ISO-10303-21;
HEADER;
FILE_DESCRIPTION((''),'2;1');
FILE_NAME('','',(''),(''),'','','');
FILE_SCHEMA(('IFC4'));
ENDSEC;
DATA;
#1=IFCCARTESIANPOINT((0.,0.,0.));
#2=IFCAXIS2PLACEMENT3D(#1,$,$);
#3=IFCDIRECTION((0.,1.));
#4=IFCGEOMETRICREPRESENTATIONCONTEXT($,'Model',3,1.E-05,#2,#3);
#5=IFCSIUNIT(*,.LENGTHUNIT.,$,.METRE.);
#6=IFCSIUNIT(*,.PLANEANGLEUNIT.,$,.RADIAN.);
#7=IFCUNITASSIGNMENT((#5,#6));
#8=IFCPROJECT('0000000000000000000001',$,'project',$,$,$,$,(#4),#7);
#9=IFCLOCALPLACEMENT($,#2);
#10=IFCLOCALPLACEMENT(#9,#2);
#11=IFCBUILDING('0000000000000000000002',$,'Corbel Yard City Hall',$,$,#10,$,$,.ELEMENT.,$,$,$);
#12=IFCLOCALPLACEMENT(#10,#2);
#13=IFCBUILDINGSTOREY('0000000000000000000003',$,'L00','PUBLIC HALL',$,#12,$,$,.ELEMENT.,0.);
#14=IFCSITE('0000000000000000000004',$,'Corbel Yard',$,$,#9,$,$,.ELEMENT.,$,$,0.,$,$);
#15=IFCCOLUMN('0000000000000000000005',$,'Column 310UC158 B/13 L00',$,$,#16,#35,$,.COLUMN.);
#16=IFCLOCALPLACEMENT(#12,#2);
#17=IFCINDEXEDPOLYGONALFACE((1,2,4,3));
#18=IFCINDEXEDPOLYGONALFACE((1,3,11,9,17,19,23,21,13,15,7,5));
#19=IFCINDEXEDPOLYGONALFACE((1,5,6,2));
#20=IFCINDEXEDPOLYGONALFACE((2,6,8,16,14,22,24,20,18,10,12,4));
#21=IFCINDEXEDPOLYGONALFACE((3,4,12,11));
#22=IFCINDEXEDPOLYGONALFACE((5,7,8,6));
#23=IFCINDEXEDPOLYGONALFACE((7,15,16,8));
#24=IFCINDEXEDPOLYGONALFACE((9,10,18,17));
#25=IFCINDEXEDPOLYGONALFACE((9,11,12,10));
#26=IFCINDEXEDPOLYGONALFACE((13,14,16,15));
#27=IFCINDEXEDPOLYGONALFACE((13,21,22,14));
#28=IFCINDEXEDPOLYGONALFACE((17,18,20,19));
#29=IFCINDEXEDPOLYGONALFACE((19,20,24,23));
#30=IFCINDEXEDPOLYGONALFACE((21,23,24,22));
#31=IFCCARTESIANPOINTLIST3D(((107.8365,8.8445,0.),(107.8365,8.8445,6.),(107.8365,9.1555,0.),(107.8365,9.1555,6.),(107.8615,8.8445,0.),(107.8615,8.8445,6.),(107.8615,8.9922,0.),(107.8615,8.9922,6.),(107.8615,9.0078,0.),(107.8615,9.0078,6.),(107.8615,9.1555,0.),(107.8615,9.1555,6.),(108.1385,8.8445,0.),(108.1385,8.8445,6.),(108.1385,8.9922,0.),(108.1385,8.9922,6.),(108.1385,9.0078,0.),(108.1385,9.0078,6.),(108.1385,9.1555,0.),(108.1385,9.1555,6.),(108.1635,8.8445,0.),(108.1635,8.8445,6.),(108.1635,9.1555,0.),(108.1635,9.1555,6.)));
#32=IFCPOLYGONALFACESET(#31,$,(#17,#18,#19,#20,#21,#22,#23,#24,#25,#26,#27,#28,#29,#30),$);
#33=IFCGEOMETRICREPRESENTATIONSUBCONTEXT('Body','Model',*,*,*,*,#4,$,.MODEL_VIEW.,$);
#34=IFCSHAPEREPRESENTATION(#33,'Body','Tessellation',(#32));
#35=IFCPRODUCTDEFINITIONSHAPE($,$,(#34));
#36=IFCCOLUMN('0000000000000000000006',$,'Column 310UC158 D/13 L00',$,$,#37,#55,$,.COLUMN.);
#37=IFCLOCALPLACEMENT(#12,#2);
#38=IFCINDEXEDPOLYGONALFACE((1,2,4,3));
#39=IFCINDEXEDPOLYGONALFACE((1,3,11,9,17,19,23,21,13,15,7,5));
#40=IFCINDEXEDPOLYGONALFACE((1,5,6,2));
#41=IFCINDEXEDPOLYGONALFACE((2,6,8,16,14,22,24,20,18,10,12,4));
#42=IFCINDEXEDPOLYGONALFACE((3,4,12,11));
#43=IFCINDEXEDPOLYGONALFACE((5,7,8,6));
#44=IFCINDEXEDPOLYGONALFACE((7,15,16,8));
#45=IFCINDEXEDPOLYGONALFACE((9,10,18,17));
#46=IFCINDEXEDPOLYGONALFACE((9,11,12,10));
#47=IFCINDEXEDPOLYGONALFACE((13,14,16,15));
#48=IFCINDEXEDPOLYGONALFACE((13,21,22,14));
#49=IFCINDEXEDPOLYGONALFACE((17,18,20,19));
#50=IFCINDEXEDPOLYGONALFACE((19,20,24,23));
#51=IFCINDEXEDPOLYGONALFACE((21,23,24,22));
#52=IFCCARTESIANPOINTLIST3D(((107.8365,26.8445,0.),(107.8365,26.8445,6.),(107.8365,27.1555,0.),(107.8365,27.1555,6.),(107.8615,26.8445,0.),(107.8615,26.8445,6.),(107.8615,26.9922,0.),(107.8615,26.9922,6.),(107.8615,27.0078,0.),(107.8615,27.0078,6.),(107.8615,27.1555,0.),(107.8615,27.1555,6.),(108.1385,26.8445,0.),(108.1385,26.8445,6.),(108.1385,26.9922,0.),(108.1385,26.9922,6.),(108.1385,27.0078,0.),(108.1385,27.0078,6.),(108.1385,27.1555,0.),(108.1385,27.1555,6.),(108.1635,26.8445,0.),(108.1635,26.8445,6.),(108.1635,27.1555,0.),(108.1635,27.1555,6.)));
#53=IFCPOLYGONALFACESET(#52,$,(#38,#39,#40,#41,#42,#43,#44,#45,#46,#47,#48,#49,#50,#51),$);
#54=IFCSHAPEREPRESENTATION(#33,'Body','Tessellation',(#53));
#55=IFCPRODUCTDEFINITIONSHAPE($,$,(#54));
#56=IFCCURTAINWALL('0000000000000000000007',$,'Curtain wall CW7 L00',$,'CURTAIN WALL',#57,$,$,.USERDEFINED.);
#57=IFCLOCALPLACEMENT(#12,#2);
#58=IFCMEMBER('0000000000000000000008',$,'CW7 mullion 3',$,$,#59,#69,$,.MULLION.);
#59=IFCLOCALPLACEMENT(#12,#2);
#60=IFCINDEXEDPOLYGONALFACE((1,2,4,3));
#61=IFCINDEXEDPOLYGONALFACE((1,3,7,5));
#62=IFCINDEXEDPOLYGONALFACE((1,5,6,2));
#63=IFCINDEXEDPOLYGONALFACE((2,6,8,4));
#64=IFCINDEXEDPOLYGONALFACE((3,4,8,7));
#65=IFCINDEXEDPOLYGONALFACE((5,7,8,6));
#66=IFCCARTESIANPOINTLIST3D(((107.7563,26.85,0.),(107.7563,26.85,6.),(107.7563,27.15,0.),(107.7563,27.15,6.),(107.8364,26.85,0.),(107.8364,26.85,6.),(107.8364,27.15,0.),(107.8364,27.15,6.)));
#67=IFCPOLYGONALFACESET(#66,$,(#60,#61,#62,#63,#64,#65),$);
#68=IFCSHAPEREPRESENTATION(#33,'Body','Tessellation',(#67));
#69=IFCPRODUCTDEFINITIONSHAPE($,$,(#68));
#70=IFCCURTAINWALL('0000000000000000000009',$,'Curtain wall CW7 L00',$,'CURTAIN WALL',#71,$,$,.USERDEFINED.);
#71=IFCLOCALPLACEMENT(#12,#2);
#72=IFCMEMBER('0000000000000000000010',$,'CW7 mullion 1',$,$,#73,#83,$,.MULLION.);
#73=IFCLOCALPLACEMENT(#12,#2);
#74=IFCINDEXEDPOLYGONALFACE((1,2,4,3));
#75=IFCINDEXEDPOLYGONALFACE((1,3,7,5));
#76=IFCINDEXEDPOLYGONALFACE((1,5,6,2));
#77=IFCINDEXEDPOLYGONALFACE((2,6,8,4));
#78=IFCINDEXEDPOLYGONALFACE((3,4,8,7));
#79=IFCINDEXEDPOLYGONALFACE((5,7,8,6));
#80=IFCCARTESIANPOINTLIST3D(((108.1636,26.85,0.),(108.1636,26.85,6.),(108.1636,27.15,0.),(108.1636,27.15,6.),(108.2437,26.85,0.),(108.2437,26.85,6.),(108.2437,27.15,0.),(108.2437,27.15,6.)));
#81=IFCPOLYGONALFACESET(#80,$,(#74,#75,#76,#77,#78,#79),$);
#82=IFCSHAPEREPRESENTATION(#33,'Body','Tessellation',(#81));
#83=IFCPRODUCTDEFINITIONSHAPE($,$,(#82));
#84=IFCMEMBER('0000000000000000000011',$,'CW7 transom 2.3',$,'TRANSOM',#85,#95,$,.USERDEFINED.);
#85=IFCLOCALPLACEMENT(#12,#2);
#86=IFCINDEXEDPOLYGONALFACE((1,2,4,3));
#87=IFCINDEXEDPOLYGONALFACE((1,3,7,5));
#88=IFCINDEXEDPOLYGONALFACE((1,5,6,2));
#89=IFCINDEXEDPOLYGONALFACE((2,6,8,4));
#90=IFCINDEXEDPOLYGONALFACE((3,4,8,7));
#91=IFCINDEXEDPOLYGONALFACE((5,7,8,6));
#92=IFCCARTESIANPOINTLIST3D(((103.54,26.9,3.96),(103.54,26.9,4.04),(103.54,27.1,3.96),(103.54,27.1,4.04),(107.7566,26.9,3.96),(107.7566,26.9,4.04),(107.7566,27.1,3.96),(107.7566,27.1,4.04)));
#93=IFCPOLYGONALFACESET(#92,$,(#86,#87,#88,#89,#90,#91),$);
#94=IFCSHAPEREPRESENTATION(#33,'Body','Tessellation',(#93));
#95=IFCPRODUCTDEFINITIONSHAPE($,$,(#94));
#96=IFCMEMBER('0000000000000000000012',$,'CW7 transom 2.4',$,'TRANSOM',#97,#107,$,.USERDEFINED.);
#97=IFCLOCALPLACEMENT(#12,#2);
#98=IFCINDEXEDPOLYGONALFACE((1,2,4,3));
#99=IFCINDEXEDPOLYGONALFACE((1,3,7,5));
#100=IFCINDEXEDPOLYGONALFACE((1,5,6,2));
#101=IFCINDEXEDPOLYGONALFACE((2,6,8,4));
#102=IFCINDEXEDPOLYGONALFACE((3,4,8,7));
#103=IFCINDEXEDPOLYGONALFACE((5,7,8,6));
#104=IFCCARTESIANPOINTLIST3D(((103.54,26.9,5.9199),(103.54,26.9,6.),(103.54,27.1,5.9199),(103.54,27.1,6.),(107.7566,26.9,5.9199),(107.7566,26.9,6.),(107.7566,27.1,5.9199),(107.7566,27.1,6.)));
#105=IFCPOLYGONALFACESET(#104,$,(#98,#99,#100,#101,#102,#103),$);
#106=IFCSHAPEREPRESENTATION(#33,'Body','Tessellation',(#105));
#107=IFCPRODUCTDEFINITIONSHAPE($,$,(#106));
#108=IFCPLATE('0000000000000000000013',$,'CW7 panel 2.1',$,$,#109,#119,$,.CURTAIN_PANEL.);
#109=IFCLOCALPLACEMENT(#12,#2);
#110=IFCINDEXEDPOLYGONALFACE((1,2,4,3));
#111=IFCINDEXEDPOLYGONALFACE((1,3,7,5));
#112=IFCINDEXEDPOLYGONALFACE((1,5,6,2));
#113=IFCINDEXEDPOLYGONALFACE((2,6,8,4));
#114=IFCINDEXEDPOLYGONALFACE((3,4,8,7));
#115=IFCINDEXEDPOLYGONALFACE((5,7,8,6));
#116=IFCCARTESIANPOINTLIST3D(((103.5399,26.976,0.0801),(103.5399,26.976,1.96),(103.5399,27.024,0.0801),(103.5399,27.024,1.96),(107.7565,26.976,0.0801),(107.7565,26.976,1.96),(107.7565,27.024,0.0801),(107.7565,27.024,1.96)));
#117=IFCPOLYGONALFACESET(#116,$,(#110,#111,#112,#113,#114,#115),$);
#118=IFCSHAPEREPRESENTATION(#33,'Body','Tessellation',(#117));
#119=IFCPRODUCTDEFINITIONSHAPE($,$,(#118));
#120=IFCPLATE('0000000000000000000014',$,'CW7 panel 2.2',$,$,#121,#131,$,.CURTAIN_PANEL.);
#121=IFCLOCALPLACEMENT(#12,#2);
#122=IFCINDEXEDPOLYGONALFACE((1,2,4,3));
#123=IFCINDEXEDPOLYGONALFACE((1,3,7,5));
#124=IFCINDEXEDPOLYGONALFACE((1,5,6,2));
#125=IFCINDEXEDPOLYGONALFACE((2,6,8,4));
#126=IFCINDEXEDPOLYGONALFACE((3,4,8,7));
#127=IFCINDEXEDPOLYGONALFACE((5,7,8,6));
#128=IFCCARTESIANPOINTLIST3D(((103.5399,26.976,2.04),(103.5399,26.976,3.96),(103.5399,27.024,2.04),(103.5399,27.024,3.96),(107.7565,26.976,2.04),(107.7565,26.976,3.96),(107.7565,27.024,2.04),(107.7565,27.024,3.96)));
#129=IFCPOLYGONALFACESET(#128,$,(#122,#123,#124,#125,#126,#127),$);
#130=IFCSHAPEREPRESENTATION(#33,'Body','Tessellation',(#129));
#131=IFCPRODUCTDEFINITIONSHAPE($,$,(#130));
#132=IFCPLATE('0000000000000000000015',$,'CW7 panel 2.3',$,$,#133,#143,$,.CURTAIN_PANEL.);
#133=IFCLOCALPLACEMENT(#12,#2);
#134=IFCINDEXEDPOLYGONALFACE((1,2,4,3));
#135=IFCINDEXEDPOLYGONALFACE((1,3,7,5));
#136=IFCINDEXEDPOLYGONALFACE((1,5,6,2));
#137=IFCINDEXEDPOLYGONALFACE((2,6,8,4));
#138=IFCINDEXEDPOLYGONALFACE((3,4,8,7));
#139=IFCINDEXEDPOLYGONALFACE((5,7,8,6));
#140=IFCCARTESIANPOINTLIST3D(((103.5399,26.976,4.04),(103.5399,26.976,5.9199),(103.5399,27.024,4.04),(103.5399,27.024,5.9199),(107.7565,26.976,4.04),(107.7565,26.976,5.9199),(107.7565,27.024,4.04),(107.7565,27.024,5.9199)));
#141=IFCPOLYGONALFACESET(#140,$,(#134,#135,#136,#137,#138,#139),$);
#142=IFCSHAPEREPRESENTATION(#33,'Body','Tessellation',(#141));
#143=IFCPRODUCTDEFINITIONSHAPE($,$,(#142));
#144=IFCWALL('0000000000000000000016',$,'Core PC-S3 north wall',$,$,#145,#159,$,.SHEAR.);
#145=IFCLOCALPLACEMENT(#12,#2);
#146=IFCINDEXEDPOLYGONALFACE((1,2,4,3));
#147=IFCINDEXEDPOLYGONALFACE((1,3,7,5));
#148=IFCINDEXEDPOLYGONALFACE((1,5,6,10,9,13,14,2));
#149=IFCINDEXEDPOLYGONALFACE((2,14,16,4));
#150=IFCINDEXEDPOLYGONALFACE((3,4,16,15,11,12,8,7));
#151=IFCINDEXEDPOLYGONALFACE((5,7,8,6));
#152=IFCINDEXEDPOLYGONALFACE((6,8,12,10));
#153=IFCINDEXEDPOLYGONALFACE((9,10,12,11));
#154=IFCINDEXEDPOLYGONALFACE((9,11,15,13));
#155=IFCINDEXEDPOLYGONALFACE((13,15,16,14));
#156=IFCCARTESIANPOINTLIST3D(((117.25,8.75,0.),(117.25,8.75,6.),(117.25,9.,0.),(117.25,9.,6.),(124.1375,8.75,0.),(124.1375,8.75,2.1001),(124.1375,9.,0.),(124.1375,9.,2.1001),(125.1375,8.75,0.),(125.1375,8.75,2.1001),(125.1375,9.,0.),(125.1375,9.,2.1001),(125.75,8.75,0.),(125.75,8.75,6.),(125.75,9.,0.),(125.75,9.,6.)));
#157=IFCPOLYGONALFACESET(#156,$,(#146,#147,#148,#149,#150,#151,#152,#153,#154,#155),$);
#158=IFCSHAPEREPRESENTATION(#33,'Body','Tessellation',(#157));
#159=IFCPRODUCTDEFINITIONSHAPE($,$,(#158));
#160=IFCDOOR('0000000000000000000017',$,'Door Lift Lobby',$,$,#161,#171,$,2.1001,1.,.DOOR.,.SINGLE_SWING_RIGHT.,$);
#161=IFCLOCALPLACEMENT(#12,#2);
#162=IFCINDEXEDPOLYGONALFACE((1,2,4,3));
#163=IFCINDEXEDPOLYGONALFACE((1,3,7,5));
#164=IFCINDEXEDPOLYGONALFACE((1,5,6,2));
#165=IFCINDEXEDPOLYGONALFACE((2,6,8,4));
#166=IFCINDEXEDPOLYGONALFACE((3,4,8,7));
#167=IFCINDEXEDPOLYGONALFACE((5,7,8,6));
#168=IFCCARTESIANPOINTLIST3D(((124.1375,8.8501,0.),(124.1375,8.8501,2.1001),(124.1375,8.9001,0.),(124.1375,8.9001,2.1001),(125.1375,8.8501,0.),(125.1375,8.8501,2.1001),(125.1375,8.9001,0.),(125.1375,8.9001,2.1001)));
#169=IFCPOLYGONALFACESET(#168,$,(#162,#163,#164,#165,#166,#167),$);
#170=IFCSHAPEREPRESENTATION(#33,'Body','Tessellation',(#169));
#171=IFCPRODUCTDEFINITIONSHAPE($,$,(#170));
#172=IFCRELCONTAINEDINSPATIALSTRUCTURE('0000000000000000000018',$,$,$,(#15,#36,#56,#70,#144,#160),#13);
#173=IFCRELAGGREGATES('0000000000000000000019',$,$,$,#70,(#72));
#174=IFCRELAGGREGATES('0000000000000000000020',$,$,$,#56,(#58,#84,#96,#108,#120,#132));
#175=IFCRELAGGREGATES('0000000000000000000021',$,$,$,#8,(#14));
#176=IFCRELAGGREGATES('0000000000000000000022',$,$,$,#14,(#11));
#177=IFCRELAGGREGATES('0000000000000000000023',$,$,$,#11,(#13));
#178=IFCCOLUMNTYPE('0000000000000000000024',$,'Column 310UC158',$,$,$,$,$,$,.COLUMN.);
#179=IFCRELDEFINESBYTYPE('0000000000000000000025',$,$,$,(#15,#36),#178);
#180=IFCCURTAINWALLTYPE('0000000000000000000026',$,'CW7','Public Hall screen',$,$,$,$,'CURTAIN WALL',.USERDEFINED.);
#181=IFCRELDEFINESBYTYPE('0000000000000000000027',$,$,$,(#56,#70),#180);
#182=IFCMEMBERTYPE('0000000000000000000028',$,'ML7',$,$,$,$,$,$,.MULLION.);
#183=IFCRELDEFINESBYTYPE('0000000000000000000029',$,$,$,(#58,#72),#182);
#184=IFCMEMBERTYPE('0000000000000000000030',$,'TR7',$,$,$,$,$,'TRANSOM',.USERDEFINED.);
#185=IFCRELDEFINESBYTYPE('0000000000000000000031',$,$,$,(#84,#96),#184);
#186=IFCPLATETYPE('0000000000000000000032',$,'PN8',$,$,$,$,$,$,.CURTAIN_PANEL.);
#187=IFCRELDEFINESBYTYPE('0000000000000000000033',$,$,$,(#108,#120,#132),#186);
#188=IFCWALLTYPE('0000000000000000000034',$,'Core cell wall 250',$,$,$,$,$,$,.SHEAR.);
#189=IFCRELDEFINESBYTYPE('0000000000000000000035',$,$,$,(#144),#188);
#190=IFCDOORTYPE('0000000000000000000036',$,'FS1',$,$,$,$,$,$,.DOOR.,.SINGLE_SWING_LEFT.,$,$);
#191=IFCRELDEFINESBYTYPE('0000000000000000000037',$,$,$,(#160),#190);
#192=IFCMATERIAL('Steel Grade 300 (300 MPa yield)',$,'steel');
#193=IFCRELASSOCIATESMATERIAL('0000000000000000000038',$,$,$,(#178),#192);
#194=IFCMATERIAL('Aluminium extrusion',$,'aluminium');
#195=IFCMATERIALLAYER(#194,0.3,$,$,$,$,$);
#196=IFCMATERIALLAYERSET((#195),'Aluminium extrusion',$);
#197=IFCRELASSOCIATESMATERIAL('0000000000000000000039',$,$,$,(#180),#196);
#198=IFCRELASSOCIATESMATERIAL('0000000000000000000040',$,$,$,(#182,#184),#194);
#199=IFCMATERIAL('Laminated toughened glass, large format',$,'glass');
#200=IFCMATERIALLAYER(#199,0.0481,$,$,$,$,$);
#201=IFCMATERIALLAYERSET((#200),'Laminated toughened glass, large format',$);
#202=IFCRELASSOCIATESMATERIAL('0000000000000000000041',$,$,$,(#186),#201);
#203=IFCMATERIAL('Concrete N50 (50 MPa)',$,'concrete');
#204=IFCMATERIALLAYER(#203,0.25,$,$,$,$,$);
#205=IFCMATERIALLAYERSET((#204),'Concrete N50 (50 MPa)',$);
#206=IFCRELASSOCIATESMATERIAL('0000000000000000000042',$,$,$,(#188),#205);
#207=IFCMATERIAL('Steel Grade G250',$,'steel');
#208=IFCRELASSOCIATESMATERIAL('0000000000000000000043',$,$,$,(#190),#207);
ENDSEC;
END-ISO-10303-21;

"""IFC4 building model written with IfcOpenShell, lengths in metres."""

from ifc_helpers import new_model, si_unit, direction, frame, frame_2d, origin, origin_2d, place, context, subcontext, project, spatial, rectangle, i_section, extrude, material, layer, layer_set, material_profile, profile_set, type_object, element, fill, aggregate, save


model = new_model("IFC4")

# Units and contexts
model_context = context("Model", 3, precision=1e-05, world=origin(), true_north=direction((0.0, 1.0)))
body_context = subcontext(model_context, "Body", "Model", "MODEL_VIEW")
ifc_project = project(units=[si_unit("LENGTHUNIT", "METRE"), si_unit("PLANEANGLEUNIT", "RADIAN")], contexts=[model_context])

# Site, building, storey
site_placement = place(None, origin())
site = spatial("IfcSite", under=ifc_project, at=site_placement, Name="Corbel Yard", CompositionType="ELEMENT", RefElevation=0.0)
building_placement = place(site_placement, origin())
building = spatial("IfcBuilding", under=site, at=building_placement, Name="Corbel Yard City Hall", CompositionType="ELEMENT")
storey_placement = place(building_placement, origin())
storey = spatial("IfcBuildingStorey", under=building, at=storey_placement, Name="L00", Description="PUBLIC HALL", CompositionType="ELEMENT", Elevation=0.0)

# Columns
ifc_material_1 = material(Name="Steel Grade 300 (300 MPa yield)", Category="steel")
ifc_material_profile_1 = material_profile(ifc_material_1, i_section(OverallWidth=0.311, OverallDepth=0.3269, WebThickness=0.0156, FlangeThickness=0.0249, at=origin_2d()), Name="310UC158")
ifc_profile_set_1 = profile_set([ifc_material_profile_1], Name="Steel Grade 300 (300 MPa yield)")
column_type = type_object("IfcColumnType", Name="Column 310UC158", PredefinedType="COLUMN", material=ifc_profile_set_1)
for number, where, z_axis, x_axis, name in (
    (1, (108.0, 9.0, 0.0), (0.0, 0.0, 1.0), (0.0, 1.0, 0.0), "Column 310UC158 B/13 L00"),
    (2, (108.0, 27.0, 0.0), (0.0, 0.0, 1.0), (0.0, 1.0, 0.0), "Column 310UC158 D/13 L00"),
):
    element("IfcColumn", number, at=place(storey_placement, frame(where, z_axis=z_axis, x_axis=x_axis)), inside=storey, type_object=column_type, Name=name, PredefinedType="COLUMN", context=body_context, shape_type="SweptSolid", body=[
        extrude(i_section(OverallWidth=0.311, OverallDepth=0.3269, WebThickness=0.0156, FlangeThickness=0.0249, at=origin_2d()), origin(), (0.0, 0.0, 1.0), 6.0),
    ])

# Curtain walls, members
ifc_material_2 = material(Name="Aluminium extrusion", Category="aluminium")
ifc_layer_1 = layer(ifc_material_2, 0.3)
ifc_layer_set_1 = layer_set([ifc_layer_1], Name="Aluminium extrusion")
curtain_wall_type = type_object("IfcCurtainWallType", Name="CW7", Description="Public Hall screen", ElementType="CURTAIN WALL", PredefinedType="USERDEFINED", material=ifc_layer_set_1)
curtain_wall_1_placement = place(storey_placement, origin())
curtain_wall_1 = element("IfcCurtainWall", 3, at=curtain_wall_1_placement, inside=storey, type_object=curtain_wall_type, Name="Curtain wall CW7 L00", ObjectType="CURTAIN WALL", PredefinedType="USERDEFINED")
ifc_material_profile_2 = material_profile(ifc_material_2, rectangle(XDim=0.3, YDim=0.0801, at=origin_2d()), Name="300x80")
ifc_profile_set_2 = profile_set([ifc_material_profile_2], Name="Aluminium extrusion")
member_type_1 = type_object("IfcMemberType", Name="ML7", PredefinedType="MULLION", material=ifc_profile_set_2)
member_1_placement = place(storey_placement, frame((107.7964, 27.0, 0.0), z_axis=(0.0, 0.0, 1.0), x_axis=(0.0, 1.0, 0.0)))
member_1 = element("IfcMember", 4, at=member_1_placement, type_object=member_type_1, Name="CW7 mullion 3", PredefinedType="MULLION", context=body_context, shape_type="SweptSolid", body=[
    extrude(rectangle(XDim=0.3, YDim=0.0801, at=origin_2d()), origin(), (0.0, 0.0, 1.0), 6.0),
])
curtain_wall_2_placement = place(storey_placement, origin())
curtain_wall_2 = element("IfcCurtainWall", 5, at=curtain_wall_2_placement, inside=storey, type_object=curtain_wall_type, Name="Curtain wall CW7 L00", ObjectType="CURTAIN WALL", PredefinedType="USERDEFINED")
member_2_placement = place(storey_placement, frame((108.2036, 27.0, 0.0), z_axis=(0.0, 0.0, 1.0), x_axis=(0.0, 1.0, 0.0)))
member_2 = element("IfcMember", 6, at=member_2_placement, type_object=member_type_1, Name="CW7 mullion 1", PredefinedType="MULLION", context=body_context, shape_type="SweptSolid", body=[
    extrude(rectangle(XDim=0.3, YDim=0.0801, at=origin_2d()), origin(), (0.0, 0.0, 1.0), 6.0),
])
aggregate(curtain_wall_2, [member_2])

# Members
ifc_material_profile_3 = material_profile(ifc_material_2, rectangle(XDim=0.2, YDim=0.0801, at=origin_2d()), Name="200x80")
ifc_profile_set_3 = profile_set([ifc_material_profile_3], Name="Aluminium extrusion")
member_type_2 = type_object("IfcMemberType", Name="TR7", ElementType="TRANSOM", PredefinedType="USERDEFINED", material=ifc_profile_set_3)
member_3_placement = place(storey_placement, frame((103.54, 27.0, 4.0), z_axis=(1.0, 0.0, 0.0), x_axis=(0.0, 1.0, 0.0)))
member_3 = element("IfcMember", 7, at=member_3_placement, type_object=member_type_2, Name="CW7 transom 2.3", ObjectType="TRANSOM", PredefinedType="USERDEFINED", context=body_context, shape_type="SweptSolid", body=[
    extrude(rectangle(XDim=0.2, YDim=0.0801, at=origin_2d()), origin(), (0.0, 0.0, 1.0), 4.2166),
])
member_4_placement = place(storey_placement, frame((103.54, 27.0, 5.96), z_axis=(1.0, 0.0, 0.0), x_axis=(0.0, 1.0, 0.0)))
member_4 = element("IfcMember", 8, at=member_4_placement, type_object=member_type_2, Name="CW7 transom 2.4", ObjectType="TRANSOM", PredefinedType="USERDEFINED", context=body_context, shape_type="SweptSolid", body=[
    extrude(rectangle(XDim=0.2, YDim=0.0801, at=origin_2d()), origin(), (0.0, 0.0, 1.0), 4.2166),
])

# Plates
ifc_material_3 = material(Name="Laminated toughened glass, large format", Category="glass")
ifc_layer_2 = layer(ifc_material_3, 0.0481)
ifc_layer_set_2 = layer_set([ifc_layer_2], Name="Laminated toughened glass, large format")
plate_type = type_object("IfcPlateType", Name="PN8", PredefinedType="CURTAIN_PANEL", material=ifc_layer_set_2)
plate_1_placement = place(storey_placement, frame((105.6482, 27.0, 0.0801), z_axis=(0.0, 0.0, 1.0), x_axis=(1.0, 0.0, 0.0)))
plate_1 = element("IfcPlate", 9, at=plate_1_placement, type_object=plate_type, Name="CW7 panel 2.1", PredefinedType="CURTAIN_PANEL", context=body_context, shape_type="SweptSolid", body=[
    extrude(rectangle(XDim=4.2166, YDim=0.0481, at=origin_2d()), origin(), (0.0, 0.0, 1.0), 1.8799),
])
plate_2_placement = place(storey_placement, frame((105.6482, 27.0, 2.04), z_axis=(0.0, 0.0, 1.0), x_axis=(1.0, 0.0, 0.0)))
plate_2 = element("IfcPlate", 10, at=plate_2_placement, type_object=plate_type, Name="CW7 panel 2.2", PredefinedType="CURTAIN_PANEL", context=body_context, shape_type="SweptSolid", body=[
    extrude(rectangle(XDim=4.2166, YDim=0.0481, at=origin_2d()), origin(), (0.0, 0.0, 1.0), 1.9199),
])
plate_3_placement = place(storey_placement, frame((105.6482, 27.0, 4.04), z_axis=(0.0, 0.0, 1.0), x_axis=(1.0, 0.0, 0.0)))
plate_3 = element("IfcPlate", 11, at=plate_3_placement, type_object=plate_type, Name="CW7 panel 2.3", PredefinedType="CURTAIN_PANEL", context=body_context, shape_type="SweptSolid", body=[
    extrude(rectangle(XDim=4.2166, YDim=0.0481, at=origin_2d()), origin(), (0.0, 0.0, 1.0), 1.8799),
])
aggregate(curtain_wall_1, [member_1, member_3, member_4, plate_1, plate_2, plate_3])

# Wall, opening, door
ifc_material_4 = material(Name="Concrete N50 (50 MPa)", Category="concrete")
ifc_layer_3 = layer(ifc_material_4, 0.25)
ifc_layer_set_3 = layer_set([ifc_layer_3], Name="Concrete N50 (50 MPa)")
wall_type_1 = type_object("IfcWallType", Name="Core cell wall 250", PredefinedType="SHEAR", material=ifc_layer_set_3)
wall_1_placement = place(storey_placement, frame((117.25, 8.875, 0.0), z_axis=(0.0, 0.0, 1.0), x_axis=(1.0, 0.0, 0.0)))
wall_1 = element("IfcWall", 12, at=wall_1_placement, inside=storey, type_object=wall_type_1, Name="Core PC-S3 north wall", PredefinedType="SHEAR", context=body_context, shape_type="SweptSolid", body=[
    extrude(rectangle(XDim=8.5, YDim=0.25, at=frame_2d((4.25, 0.0))), origin(), (0.0, 0.0, 1.0), 6.0),
])
opening_1_placement = place(wall_1_placement, frame((6.8875, 0.0, 0.0)))
opening_1 = element("IfcOpeningElement", 13, at=opening_1_placement, cuts=wall_1, PredefinedType="OPENING", context=body_context, shape_type="SweptSolid", body=[
    extrude(rectangle(XDim=1.0, YDim=2.1001, at=frame_2d((0.5, 1.05))), frame((0.0, 0.135, 0.0), z_axis=(0.0, -1.0, 0.0), x_axis=(1.0, 0.0, 0.0)), (0.0, 0.0, 1.0), 0.27),
])
ifc_material_5 = material(Name="Steel Grade G250", Category="steel")
door_type = type_object("IfcDoorType", Name="FS1", OperationType="SINGLE_SWING_LEFT", PredefinedType="DOOR", material=ifc_material_5)
door_1_placement = place(opening_1_placement, frame((1.0, 0.0, 0.0), z_axis=(0.0, 0.0, 1.0), x_axis=(-1.0, 0.0, 0.0)))
door_1 = element("IfcDoor", 14, at=door_1_placement, inside=storey, type_object=door_type, Name="Door Lift Lobby", OperationType="SINGLE_SWING_RIGHT", OverallHeight=2.1001, OverallWidth=1.0, PredefinedType="DOOR", context=body_context, shape_type="SweptSolid", body=[
    extrude(rectangle(XDim=1.0, YDim=2.1001, at=frame_2d((0.5, 1.05))), frame((0.0, 0.0249, 0.0), z_axis=(0.0, -1.0, 0.0), x_axis=(1.0, 0.0, 0.0)), (0.0, 0.0, 1.0), 0.05),
])
fill(opening_1, door_1)

save(model, "model.ifc")
